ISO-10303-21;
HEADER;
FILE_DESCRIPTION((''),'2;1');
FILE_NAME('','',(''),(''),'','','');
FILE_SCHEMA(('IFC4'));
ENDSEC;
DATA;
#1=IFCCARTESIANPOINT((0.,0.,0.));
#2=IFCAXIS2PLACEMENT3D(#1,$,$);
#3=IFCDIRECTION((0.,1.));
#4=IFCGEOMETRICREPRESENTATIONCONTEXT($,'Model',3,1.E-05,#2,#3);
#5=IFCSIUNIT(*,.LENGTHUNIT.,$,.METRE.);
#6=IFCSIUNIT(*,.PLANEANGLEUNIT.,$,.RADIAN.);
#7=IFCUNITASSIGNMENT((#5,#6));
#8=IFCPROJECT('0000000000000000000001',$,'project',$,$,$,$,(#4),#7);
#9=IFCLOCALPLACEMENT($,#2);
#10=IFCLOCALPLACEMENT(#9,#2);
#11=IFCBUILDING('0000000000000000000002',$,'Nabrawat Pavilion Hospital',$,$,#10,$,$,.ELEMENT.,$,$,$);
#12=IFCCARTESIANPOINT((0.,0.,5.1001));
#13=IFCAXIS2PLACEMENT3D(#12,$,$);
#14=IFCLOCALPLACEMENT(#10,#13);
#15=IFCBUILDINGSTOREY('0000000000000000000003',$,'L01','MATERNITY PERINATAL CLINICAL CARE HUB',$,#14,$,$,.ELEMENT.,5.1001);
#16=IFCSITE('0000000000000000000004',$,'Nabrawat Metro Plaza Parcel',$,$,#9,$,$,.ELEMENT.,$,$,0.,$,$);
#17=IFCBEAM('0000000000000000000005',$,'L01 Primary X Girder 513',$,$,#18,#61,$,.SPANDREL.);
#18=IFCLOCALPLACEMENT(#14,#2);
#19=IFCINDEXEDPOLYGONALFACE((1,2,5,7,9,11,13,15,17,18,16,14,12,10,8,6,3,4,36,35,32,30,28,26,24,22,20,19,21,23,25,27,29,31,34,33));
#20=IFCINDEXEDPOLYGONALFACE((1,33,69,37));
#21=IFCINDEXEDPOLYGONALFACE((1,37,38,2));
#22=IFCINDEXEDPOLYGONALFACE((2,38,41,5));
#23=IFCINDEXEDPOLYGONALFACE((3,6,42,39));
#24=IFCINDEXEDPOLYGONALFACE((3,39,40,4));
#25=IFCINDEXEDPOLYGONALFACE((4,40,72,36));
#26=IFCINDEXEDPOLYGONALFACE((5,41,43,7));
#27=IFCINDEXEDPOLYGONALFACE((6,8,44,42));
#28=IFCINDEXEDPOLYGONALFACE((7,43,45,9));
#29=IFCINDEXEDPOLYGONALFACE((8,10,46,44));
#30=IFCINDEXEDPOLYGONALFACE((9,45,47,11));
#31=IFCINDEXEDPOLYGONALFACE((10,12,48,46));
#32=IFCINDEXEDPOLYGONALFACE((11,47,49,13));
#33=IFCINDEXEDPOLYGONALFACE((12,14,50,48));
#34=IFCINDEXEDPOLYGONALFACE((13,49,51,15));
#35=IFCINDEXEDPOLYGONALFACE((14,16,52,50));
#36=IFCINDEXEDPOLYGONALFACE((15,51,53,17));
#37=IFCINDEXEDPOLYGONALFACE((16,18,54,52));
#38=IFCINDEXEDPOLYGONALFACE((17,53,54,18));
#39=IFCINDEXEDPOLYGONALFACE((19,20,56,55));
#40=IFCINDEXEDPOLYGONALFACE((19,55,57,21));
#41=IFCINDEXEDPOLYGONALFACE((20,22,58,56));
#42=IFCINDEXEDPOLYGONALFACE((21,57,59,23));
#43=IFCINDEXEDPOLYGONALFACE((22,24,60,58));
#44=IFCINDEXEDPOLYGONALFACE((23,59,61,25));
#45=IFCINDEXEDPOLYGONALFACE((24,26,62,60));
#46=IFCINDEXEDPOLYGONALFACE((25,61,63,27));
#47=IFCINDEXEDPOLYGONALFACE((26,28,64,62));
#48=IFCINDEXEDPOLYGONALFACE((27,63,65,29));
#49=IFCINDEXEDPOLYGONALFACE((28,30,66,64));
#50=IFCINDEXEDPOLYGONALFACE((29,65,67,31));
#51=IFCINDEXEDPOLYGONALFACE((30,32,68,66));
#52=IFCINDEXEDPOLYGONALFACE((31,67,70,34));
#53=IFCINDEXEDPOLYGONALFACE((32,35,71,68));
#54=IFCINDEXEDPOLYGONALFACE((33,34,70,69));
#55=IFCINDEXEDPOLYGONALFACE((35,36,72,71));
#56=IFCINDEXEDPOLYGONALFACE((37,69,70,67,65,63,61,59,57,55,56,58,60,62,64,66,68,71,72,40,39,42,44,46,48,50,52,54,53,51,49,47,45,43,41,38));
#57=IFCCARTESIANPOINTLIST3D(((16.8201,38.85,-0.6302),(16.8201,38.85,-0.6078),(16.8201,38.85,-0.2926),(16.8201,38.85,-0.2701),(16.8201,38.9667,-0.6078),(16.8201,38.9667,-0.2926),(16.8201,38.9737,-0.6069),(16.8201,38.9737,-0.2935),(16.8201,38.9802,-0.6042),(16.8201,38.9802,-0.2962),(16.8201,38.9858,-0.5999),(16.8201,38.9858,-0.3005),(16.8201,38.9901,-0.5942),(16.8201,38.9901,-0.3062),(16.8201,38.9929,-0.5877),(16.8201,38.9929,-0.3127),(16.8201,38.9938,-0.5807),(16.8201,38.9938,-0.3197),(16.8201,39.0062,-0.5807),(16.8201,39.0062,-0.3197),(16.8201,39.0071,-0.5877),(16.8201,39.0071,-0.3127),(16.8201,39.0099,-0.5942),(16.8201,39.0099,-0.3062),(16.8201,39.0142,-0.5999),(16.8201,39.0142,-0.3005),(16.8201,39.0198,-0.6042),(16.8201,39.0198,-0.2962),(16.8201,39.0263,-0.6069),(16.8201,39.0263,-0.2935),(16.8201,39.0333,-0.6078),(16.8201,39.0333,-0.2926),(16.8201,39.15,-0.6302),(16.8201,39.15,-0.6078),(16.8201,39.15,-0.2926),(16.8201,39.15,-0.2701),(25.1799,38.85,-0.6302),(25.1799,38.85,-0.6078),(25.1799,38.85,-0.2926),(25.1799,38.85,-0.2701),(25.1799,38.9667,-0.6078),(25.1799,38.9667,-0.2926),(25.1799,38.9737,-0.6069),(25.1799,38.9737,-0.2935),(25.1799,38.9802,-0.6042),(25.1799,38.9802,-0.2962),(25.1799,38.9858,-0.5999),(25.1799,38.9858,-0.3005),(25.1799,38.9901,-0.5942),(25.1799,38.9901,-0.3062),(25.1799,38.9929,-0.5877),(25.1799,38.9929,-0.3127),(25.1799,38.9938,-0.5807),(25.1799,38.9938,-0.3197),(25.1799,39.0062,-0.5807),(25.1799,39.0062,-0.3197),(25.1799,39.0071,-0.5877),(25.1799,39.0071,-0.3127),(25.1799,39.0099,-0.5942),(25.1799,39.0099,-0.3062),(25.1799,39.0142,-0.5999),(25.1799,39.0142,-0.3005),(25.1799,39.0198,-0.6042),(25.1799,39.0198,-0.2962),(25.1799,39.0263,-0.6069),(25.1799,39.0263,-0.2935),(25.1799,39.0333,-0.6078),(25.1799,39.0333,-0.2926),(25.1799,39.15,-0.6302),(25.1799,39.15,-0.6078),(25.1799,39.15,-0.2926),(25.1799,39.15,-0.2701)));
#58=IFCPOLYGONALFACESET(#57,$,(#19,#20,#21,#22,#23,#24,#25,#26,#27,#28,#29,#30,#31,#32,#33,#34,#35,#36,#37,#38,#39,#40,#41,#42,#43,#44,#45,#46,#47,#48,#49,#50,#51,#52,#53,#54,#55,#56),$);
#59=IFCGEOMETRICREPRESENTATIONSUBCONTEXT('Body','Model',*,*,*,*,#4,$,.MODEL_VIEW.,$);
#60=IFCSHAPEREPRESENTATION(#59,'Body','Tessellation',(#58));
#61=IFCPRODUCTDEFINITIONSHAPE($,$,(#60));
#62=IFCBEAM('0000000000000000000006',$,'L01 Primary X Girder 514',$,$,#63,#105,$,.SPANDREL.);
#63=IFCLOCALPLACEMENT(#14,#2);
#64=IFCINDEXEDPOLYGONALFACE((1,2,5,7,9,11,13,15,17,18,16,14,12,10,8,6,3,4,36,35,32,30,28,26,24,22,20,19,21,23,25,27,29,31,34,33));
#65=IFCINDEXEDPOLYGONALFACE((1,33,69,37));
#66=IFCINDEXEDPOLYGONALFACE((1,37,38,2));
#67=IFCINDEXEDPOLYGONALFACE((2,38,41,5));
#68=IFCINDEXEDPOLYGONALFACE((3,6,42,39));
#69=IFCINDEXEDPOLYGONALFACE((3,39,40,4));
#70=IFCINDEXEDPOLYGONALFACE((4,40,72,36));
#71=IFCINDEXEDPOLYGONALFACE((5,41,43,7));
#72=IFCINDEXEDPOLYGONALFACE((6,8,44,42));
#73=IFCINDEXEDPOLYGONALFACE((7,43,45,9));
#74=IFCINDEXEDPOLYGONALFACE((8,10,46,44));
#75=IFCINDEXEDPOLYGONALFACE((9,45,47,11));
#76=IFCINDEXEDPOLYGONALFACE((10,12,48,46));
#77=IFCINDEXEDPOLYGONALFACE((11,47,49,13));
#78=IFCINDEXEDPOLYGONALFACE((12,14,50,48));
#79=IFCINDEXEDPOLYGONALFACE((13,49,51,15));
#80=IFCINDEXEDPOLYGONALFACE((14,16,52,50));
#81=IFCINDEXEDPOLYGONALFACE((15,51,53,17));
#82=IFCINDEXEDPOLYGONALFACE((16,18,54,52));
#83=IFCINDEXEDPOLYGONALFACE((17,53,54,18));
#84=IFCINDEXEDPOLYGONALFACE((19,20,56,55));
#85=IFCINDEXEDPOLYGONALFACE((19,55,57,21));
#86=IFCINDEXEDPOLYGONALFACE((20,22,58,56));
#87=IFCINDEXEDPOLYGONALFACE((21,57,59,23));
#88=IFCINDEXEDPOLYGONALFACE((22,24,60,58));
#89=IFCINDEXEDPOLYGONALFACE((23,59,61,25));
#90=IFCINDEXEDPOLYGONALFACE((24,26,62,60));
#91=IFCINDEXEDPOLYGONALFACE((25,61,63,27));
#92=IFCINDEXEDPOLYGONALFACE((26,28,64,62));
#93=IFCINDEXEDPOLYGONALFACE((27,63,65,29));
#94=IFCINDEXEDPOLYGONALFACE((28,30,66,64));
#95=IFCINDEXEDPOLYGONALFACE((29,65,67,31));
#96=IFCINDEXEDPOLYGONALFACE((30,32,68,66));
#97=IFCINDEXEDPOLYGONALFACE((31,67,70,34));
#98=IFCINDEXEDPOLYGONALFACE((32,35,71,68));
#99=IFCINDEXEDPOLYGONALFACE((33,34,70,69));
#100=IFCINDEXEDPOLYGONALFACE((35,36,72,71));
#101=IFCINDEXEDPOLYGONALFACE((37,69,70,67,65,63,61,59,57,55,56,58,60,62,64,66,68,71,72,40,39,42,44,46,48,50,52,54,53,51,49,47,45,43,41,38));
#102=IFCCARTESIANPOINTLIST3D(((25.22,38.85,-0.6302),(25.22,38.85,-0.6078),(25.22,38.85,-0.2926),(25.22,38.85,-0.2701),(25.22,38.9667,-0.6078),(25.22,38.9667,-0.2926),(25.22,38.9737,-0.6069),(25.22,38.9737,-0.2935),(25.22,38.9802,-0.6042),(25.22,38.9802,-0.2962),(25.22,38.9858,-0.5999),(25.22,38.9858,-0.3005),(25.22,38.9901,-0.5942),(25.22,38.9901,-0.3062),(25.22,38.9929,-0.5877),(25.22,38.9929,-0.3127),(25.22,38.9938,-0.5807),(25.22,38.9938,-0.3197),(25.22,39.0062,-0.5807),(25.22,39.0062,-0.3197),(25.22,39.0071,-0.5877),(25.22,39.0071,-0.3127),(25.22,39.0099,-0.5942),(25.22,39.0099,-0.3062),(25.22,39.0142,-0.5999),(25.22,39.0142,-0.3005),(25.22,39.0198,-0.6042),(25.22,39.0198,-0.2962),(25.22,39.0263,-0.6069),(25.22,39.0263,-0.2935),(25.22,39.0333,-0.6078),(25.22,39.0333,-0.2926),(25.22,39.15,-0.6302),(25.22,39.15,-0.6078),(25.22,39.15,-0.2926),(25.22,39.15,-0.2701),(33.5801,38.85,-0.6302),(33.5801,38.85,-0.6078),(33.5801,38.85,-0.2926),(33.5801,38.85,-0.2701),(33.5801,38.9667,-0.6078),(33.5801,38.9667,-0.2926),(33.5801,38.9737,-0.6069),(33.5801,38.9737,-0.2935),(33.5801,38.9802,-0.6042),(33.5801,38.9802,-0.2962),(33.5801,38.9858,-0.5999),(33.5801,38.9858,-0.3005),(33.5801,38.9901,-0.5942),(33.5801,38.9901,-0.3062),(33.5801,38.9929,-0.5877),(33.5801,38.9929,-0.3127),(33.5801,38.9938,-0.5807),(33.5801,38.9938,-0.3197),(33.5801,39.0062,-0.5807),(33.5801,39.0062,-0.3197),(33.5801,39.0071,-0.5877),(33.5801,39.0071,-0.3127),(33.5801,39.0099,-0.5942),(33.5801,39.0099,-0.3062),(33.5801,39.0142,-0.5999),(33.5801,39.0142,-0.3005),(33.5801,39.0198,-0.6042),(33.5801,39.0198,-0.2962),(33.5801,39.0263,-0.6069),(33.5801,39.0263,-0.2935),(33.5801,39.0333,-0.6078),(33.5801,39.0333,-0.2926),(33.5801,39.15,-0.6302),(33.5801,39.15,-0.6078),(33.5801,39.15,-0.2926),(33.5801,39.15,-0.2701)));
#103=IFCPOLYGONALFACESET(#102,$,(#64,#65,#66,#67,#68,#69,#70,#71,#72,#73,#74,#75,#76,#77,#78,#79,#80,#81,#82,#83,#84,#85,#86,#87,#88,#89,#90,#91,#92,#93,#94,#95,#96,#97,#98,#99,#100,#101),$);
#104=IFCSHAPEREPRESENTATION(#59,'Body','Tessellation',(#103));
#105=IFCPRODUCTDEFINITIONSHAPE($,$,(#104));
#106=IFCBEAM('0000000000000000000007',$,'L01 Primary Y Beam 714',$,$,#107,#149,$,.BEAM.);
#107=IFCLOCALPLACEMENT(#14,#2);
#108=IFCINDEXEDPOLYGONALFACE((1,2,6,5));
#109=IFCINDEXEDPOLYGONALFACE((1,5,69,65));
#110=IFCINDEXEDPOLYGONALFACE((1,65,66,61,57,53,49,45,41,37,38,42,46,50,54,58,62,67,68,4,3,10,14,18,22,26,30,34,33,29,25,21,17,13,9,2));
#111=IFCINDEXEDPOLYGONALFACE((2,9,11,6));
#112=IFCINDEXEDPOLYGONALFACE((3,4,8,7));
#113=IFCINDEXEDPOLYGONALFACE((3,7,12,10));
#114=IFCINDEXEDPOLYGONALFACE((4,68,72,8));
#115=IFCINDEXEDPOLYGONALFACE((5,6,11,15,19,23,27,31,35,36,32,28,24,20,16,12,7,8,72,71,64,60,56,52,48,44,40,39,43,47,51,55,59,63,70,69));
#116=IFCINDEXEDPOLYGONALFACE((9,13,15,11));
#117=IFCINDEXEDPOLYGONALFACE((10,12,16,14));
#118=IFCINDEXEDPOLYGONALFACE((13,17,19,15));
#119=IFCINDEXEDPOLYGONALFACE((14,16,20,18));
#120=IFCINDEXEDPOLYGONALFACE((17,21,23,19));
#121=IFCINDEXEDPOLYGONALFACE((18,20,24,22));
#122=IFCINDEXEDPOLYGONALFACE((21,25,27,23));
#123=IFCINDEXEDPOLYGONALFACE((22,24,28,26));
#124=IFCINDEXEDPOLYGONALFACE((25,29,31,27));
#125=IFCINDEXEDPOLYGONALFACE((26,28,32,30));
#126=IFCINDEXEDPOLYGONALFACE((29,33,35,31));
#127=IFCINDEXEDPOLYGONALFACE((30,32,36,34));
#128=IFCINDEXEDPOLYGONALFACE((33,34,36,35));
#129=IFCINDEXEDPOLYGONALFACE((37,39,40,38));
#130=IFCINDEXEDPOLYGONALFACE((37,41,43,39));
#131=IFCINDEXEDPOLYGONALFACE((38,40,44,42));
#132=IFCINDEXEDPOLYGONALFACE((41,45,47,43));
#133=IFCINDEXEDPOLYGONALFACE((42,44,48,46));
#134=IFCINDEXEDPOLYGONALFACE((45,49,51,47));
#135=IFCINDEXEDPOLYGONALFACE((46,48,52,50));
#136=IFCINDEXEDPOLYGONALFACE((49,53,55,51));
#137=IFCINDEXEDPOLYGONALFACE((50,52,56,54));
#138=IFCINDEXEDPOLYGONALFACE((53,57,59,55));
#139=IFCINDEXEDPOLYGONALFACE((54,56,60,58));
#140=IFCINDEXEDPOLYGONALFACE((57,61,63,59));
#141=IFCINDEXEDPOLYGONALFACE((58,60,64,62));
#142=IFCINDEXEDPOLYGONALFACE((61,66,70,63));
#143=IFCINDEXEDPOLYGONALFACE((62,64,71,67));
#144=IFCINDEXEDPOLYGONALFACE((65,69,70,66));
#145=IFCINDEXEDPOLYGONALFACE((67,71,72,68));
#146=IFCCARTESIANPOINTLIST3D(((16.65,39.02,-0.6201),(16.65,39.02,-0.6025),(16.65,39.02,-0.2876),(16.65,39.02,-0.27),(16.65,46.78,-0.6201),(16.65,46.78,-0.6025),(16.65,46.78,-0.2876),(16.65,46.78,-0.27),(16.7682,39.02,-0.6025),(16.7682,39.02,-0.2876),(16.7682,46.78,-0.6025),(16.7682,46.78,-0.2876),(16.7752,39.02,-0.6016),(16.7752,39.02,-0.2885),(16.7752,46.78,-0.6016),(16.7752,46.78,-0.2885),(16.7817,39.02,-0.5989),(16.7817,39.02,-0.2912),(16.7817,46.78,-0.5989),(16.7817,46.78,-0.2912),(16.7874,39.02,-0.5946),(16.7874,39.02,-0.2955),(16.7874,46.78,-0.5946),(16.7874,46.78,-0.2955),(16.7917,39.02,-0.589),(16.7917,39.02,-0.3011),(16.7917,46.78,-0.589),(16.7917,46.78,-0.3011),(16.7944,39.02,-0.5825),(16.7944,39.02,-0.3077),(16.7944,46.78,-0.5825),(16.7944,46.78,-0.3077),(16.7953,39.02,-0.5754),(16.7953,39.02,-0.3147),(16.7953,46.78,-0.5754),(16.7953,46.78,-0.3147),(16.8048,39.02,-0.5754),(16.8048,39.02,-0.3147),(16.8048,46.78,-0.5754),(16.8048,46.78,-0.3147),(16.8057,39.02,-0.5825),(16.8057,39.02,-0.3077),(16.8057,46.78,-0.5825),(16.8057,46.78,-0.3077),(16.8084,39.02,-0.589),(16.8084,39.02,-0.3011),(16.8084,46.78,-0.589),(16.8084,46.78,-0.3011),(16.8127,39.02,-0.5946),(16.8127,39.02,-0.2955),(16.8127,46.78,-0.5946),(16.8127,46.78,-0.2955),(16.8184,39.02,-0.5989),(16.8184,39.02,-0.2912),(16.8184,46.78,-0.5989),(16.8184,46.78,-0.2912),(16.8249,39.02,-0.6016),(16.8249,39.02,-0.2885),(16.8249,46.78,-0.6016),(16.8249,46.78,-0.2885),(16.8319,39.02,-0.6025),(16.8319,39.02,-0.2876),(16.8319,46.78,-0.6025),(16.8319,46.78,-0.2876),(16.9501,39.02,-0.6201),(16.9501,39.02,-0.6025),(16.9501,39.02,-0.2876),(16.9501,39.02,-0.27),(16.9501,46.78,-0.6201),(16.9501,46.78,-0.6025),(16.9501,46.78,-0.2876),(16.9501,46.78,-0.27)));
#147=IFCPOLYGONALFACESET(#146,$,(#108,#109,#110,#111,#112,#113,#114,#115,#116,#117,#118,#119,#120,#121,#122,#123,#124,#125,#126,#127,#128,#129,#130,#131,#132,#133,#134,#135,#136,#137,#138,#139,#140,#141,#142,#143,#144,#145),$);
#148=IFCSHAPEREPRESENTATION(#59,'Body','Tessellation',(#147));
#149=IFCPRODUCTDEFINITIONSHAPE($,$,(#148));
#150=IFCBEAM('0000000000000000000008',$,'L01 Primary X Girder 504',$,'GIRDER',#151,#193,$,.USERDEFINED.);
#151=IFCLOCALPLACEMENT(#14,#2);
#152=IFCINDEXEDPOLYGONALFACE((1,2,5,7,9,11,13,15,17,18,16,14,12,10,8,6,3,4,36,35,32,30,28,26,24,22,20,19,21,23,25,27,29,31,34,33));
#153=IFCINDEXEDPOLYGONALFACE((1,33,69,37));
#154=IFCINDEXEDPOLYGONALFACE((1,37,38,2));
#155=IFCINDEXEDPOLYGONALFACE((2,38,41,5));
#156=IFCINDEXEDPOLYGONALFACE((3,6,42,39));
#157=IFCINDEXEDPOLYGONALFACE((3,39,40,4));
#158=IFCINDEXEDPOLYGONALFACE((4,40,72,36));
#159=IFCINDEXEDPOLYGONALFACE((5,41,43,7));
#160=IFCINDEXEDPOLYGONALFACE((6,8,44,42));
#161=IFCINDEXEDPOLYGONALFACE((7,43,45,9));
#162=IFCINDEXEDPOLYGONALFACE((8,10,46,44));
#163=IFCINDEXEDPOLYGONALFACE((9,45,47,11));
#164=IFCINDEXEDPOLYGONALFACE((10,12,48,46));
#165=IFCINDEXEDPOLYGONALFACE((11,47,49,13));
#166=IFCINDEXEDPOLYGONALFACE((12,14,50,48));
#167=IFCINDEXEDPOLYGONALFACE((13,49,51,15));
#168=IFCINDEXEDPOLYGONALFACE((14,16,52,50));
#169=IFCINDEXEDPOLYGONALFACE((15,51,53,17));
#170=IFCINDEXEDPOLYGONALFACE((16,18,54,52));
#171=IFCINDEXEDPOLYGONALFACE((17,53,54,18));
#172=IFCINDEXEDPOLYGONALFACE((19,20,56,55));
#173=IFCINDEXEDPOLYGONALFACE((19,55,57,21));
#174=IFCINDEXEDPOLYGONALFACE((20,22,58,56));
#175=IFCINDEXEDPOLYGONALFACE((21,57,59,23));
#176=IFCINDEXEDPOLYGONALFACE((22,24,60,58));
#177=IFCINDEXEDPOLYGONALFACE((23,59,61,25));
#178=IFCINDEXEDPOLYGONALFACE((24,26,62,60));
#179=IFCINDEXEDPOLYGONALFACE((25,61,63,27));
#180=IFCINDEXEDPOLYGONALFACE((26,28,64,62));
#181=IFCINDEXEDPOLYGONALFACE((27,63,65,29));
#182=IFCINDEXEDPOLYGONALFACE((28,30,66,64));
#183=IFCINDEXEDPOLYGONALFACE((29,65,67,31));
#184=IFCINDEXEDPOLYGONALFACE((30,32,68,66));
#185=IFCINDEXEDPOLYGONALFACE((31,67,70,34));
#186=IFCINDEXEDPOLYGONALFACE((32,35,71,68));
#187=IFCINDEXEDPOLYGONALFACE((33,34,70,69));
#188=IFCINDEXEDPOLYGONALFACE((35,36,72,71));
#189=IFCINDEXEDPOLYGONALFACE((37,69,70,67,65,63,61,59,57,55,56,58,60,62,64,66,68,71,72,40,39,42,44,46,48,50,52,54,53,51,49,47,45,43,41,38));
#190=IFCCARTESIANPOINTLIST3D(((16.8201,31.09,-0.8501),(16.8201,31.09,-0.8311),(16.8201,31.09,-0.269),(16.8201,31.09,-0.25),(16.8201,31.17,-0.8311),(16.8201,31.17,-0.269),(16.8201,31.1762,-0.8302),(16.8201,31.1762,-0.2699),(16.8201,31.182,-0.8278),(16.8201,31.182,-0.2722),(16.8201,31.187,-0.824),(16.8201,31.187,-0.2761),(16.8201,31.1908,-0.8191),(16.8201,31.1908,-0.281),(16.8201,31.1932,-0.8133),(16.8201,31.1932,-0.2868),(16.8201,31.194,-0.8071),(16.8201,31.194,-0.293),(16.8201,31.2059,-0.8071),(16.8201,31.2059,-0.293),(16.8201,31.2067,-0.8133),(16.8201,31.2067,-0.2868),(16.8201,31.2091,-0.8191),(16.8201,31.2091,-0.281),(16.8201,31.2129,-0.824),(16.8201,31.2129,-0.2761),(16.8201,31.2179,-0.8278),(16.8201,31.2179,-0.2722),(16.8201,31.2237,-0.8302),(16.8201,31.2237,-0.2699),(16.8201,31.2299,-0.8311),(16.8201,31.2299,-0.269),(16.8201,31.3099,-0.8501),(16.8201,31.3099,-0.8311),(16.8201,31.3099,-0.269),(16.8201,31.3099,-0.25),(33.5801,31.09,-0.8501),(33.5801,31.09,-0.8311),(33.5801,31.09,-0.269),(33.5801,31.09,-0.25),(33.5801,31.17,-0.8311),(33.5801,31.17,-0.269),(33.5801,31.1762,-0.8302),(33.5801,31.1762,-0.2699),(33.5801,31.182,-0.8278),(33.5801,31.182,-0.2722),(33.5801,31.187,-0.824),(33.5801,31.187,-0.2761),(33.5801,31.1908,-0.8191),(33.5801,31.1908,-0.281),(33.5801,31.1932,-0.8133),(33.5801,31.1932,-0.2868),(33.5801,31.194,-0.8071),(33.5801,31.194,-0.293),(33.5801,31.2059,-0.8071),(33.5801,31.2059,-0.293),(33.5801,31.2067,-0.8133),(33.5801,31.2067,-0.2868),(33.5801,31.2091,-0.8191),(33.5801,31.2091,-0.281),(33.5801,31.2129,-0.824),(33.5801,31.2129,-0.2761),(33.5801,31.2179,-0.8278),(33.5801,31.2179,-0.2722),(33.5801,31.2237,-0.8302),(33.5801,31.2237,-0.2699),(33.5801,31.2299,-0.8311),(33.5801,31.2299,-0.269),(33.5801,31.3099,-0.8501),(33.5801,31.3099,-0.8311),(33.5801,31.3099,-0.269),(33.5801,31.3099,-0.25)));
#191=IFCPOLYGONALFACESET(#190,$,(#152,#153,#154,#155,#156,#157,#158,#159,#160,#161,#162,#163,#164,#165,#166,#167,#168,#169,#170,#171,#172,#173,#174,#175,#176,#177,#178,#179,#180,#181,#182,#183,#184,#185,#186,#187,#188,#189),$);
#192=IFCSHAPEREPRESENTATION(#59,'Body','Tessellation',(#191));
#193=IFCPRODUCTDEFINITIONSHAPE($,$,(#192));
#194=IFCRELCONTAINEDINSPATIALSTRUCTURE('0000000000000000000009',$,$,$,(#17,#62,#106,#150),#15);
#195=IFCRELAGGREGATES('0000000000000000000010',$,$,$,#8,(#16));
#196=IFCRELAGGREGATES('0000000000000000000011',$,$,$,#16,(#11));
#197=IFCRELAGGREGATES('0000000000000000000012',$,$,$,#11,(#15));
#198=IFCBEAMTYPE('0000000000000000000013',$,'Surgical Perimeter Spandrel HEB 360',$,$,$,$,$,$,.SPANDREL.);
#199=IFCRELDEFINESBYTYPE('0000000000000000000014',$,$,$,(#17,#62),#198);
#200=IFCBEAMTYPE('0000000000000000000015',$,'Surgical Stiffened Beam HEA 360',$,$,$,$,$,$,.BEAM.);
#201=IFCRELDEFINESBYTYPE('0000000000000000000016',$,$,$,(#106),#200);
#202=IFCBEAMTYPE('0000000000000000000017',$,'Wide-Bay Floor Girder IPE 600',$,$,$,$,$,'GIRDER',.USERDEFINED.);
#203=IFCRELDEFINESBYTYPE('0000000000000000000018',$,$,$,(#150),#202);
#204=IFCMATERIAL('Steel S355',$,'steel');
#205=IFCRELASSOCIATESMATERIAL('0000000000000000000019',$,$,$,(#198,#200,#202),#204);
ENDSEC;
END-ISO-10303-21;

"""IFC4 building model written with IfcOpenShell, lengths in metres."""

from ifc_helpers import new_model, si_unit, direction, frame, origin, origin_2d, place, context, subcontext, project, spatial, i_section, extrude, material, material_profile, profile_set, type_object, element, save


model = new_model("IFC4")

# Units and contexts
model_context = context("Model", 3, precision=1e-05, world=origin(), true_north=direction((0.0, 1.0)))
body_context = subcontext(model_context, "Body", "Model", "MODEL_VIEW")
ifc_project = project(units=[si_unit("LENGTHUNIT", "METRE"), si_unit("PLANEANGLEUNIT", "RADIAN")], contexts=[model_context])

# Site, building, storey
site_placement = place(None, origin())
site = spatial("IfcSite", under=ifc_project, at=site_placement, Name="Nabrawat Metro Plaza Parcel", CompositionType="ELEMENT", RefElevation=0.0)
building_placement = place(site_placement, origin())
building = spatial("IfcBuilding", under=site, at=building_placement, Name="Nabrawat Pavilion Hospital", CompositionType="ELEMENT")
storey_placement = place(building_placement, frame((0.0, 0.0, 5.1001)))
storey = spatial("IfcBuildingStorey", under=building, at=storey_placement, Name="L01", Description="MATERNITY PERINATAL CLINICAL CARE HUB", CompositionType="ELEMENT", Elevation=5.1001)

# Shared definitions
ifc_material_1 = material(Name="Steel S355", Category="steel")

# Beams
ifc_material_profile_1 = material_profile(ifc_material_1, i_section(OverallWidth=0.3, OverallDepth=0.3601, WebThickness=0.0125, FlangeThickness=0.0225, FilletRadius=0.0271, at=origin_2d()), Name="HEB 360")
ifc_profile_set_1 = profile_set([ifc_material_profile_1], Name="Steel S355")
beam_type_1 = type_object("IfcBeamType", Name="Surgical Perimeter Spandrel HEB 360", PredefinedType="SPANDREL", material=ifc_profile_set_1)
beam_1_placement = place(storey_placement, frame((16.8201, 39.0, -0.4502), z_axis=(1.0, 0.0, 0.0), x_axis=(0.0, 1.0, 0.0)))
element("IfcBeam", 1, at=beam_1_placement, inside=storey, type_object=beam_type_1, Name="L01 Primary X Girder 513", PredefinedType="SPANDREL", context=body_context, shape_type="SweptSolid", body=[
    extrude(i_section(OverallWidth=0.3, OverallDepth=0.3601, WebThickness=0.0125, FlangeThickness=0.0225, FilletRadius=0.0271, at=origin_2d()), origin(), (0.0, 0.0, 1.0), 8.3599),
])
beam_2_placement = place(storey_placement, frame((25.22, 39.0, -0.4502), z_axis=(1.0, 0.0, 0.0), x_axis=(0.0, 1.0, 0.0)))
element("IfcBeam", 2, at=beam_2_placement, inside=storey, type_object=beam_type_1, Name="L01 Primary X Girder 514", PredefinedType="SPANDREL", context=body_context, shape_type="SweptSolid", body=[
    extrude(i_section(OverallWidth=0.3, OverallDepth=0.3601, WebThickness=0.0125, FlangeThickness=0.0225, FilletRadius=0.0271, at=origin_2d()), origin(), (0.0, 0.0, 1.0), 8.3601),
])
ifc_material_profile_2 = material_profile(ifc_material_1, i_section(OverallWidth=0.3, OverallDepth=0.3501, WebThickness=0.0095, FlangeThickness=0.0176, FilletRadius=0.0271, at=origin_2d()), Name="HEA 360")
ifc_profile_set_2 = profile_set([ifc_material_profile_2], Name="Steel S355")
beam_type_2 = type_object("IfcBeamType", Name="Surgical Stiffened Beam HEA 360", PredefinedType="BEAM", material=ifc_profile_set_2)
beam_3_placement = place(storey_placement, frame((16.8, 39.02, -0.4451), z_axis=(0.0, 1.0, 0.0), x_axis=(-1.0, 0.0, 0.0)))
element("IfcBeam", 3, at=beam_3_placement, inside=storey, type_object=beam_type_2, Name="L01 Primary Y Beam 714", PredefinedType="BEAM", context=body_context, shape_type="SweptSolid", body=[
    extrude(i_section(OverallWidth=0.3, OverallDepth=0.3501, WebThickness=0.0095, FlangeThickness=0.0176, FilletRadius=0.0271, at=origin_2d()), origin(), (0.0, 0.0, 1.0), 7.76),
])
ifc_material_profile_3 = material_profile(ifc_material_1, i_section(OverallWidth=0.22, OverallDepth=0.6001, WebThickness=0.012, FlangeThickness=0.019, FilletRadius=0.0239, at=origin_2d()), Name="IPE 600")
ifc_profile_set_3 = profile_set([ifc_material_profile_3], Name="Steel S355")
beam_type_3 = type_object("IfcBeamType", Name="Wide-Bay Floor Girder IPE 600", ElementType="GIRDER", PredefinedType="USERDEFINED", material=ifc_profile_set_3)
beam_4_placement = place(storey_placement, frame((16.8201, 31.2, -0.55), z_axis=(1.0, 0.0, 0.0), x_axis=(0.0, 1.0, 0.0)))
element("IfcBeam", 4, at=beam_4_placement, inside=storey, type_object=beam_type_3, Name="L01 Primary X Girder 504", ObjectType="GIRDER", PredefinedType="USERDEFINED", context=body_context, shape_type="SweptSolid", body=[
    extrude(i_section(OverallWidth=0.22, OverallDepth=0.6001, WebThickness=0.012, FlangeThickness=0.019, FilletRadius=0.0239, at=origin_2d()), origin(), (0.0, 0.0, 1.0), 16.76),
])

save(model, "model.ifc")
